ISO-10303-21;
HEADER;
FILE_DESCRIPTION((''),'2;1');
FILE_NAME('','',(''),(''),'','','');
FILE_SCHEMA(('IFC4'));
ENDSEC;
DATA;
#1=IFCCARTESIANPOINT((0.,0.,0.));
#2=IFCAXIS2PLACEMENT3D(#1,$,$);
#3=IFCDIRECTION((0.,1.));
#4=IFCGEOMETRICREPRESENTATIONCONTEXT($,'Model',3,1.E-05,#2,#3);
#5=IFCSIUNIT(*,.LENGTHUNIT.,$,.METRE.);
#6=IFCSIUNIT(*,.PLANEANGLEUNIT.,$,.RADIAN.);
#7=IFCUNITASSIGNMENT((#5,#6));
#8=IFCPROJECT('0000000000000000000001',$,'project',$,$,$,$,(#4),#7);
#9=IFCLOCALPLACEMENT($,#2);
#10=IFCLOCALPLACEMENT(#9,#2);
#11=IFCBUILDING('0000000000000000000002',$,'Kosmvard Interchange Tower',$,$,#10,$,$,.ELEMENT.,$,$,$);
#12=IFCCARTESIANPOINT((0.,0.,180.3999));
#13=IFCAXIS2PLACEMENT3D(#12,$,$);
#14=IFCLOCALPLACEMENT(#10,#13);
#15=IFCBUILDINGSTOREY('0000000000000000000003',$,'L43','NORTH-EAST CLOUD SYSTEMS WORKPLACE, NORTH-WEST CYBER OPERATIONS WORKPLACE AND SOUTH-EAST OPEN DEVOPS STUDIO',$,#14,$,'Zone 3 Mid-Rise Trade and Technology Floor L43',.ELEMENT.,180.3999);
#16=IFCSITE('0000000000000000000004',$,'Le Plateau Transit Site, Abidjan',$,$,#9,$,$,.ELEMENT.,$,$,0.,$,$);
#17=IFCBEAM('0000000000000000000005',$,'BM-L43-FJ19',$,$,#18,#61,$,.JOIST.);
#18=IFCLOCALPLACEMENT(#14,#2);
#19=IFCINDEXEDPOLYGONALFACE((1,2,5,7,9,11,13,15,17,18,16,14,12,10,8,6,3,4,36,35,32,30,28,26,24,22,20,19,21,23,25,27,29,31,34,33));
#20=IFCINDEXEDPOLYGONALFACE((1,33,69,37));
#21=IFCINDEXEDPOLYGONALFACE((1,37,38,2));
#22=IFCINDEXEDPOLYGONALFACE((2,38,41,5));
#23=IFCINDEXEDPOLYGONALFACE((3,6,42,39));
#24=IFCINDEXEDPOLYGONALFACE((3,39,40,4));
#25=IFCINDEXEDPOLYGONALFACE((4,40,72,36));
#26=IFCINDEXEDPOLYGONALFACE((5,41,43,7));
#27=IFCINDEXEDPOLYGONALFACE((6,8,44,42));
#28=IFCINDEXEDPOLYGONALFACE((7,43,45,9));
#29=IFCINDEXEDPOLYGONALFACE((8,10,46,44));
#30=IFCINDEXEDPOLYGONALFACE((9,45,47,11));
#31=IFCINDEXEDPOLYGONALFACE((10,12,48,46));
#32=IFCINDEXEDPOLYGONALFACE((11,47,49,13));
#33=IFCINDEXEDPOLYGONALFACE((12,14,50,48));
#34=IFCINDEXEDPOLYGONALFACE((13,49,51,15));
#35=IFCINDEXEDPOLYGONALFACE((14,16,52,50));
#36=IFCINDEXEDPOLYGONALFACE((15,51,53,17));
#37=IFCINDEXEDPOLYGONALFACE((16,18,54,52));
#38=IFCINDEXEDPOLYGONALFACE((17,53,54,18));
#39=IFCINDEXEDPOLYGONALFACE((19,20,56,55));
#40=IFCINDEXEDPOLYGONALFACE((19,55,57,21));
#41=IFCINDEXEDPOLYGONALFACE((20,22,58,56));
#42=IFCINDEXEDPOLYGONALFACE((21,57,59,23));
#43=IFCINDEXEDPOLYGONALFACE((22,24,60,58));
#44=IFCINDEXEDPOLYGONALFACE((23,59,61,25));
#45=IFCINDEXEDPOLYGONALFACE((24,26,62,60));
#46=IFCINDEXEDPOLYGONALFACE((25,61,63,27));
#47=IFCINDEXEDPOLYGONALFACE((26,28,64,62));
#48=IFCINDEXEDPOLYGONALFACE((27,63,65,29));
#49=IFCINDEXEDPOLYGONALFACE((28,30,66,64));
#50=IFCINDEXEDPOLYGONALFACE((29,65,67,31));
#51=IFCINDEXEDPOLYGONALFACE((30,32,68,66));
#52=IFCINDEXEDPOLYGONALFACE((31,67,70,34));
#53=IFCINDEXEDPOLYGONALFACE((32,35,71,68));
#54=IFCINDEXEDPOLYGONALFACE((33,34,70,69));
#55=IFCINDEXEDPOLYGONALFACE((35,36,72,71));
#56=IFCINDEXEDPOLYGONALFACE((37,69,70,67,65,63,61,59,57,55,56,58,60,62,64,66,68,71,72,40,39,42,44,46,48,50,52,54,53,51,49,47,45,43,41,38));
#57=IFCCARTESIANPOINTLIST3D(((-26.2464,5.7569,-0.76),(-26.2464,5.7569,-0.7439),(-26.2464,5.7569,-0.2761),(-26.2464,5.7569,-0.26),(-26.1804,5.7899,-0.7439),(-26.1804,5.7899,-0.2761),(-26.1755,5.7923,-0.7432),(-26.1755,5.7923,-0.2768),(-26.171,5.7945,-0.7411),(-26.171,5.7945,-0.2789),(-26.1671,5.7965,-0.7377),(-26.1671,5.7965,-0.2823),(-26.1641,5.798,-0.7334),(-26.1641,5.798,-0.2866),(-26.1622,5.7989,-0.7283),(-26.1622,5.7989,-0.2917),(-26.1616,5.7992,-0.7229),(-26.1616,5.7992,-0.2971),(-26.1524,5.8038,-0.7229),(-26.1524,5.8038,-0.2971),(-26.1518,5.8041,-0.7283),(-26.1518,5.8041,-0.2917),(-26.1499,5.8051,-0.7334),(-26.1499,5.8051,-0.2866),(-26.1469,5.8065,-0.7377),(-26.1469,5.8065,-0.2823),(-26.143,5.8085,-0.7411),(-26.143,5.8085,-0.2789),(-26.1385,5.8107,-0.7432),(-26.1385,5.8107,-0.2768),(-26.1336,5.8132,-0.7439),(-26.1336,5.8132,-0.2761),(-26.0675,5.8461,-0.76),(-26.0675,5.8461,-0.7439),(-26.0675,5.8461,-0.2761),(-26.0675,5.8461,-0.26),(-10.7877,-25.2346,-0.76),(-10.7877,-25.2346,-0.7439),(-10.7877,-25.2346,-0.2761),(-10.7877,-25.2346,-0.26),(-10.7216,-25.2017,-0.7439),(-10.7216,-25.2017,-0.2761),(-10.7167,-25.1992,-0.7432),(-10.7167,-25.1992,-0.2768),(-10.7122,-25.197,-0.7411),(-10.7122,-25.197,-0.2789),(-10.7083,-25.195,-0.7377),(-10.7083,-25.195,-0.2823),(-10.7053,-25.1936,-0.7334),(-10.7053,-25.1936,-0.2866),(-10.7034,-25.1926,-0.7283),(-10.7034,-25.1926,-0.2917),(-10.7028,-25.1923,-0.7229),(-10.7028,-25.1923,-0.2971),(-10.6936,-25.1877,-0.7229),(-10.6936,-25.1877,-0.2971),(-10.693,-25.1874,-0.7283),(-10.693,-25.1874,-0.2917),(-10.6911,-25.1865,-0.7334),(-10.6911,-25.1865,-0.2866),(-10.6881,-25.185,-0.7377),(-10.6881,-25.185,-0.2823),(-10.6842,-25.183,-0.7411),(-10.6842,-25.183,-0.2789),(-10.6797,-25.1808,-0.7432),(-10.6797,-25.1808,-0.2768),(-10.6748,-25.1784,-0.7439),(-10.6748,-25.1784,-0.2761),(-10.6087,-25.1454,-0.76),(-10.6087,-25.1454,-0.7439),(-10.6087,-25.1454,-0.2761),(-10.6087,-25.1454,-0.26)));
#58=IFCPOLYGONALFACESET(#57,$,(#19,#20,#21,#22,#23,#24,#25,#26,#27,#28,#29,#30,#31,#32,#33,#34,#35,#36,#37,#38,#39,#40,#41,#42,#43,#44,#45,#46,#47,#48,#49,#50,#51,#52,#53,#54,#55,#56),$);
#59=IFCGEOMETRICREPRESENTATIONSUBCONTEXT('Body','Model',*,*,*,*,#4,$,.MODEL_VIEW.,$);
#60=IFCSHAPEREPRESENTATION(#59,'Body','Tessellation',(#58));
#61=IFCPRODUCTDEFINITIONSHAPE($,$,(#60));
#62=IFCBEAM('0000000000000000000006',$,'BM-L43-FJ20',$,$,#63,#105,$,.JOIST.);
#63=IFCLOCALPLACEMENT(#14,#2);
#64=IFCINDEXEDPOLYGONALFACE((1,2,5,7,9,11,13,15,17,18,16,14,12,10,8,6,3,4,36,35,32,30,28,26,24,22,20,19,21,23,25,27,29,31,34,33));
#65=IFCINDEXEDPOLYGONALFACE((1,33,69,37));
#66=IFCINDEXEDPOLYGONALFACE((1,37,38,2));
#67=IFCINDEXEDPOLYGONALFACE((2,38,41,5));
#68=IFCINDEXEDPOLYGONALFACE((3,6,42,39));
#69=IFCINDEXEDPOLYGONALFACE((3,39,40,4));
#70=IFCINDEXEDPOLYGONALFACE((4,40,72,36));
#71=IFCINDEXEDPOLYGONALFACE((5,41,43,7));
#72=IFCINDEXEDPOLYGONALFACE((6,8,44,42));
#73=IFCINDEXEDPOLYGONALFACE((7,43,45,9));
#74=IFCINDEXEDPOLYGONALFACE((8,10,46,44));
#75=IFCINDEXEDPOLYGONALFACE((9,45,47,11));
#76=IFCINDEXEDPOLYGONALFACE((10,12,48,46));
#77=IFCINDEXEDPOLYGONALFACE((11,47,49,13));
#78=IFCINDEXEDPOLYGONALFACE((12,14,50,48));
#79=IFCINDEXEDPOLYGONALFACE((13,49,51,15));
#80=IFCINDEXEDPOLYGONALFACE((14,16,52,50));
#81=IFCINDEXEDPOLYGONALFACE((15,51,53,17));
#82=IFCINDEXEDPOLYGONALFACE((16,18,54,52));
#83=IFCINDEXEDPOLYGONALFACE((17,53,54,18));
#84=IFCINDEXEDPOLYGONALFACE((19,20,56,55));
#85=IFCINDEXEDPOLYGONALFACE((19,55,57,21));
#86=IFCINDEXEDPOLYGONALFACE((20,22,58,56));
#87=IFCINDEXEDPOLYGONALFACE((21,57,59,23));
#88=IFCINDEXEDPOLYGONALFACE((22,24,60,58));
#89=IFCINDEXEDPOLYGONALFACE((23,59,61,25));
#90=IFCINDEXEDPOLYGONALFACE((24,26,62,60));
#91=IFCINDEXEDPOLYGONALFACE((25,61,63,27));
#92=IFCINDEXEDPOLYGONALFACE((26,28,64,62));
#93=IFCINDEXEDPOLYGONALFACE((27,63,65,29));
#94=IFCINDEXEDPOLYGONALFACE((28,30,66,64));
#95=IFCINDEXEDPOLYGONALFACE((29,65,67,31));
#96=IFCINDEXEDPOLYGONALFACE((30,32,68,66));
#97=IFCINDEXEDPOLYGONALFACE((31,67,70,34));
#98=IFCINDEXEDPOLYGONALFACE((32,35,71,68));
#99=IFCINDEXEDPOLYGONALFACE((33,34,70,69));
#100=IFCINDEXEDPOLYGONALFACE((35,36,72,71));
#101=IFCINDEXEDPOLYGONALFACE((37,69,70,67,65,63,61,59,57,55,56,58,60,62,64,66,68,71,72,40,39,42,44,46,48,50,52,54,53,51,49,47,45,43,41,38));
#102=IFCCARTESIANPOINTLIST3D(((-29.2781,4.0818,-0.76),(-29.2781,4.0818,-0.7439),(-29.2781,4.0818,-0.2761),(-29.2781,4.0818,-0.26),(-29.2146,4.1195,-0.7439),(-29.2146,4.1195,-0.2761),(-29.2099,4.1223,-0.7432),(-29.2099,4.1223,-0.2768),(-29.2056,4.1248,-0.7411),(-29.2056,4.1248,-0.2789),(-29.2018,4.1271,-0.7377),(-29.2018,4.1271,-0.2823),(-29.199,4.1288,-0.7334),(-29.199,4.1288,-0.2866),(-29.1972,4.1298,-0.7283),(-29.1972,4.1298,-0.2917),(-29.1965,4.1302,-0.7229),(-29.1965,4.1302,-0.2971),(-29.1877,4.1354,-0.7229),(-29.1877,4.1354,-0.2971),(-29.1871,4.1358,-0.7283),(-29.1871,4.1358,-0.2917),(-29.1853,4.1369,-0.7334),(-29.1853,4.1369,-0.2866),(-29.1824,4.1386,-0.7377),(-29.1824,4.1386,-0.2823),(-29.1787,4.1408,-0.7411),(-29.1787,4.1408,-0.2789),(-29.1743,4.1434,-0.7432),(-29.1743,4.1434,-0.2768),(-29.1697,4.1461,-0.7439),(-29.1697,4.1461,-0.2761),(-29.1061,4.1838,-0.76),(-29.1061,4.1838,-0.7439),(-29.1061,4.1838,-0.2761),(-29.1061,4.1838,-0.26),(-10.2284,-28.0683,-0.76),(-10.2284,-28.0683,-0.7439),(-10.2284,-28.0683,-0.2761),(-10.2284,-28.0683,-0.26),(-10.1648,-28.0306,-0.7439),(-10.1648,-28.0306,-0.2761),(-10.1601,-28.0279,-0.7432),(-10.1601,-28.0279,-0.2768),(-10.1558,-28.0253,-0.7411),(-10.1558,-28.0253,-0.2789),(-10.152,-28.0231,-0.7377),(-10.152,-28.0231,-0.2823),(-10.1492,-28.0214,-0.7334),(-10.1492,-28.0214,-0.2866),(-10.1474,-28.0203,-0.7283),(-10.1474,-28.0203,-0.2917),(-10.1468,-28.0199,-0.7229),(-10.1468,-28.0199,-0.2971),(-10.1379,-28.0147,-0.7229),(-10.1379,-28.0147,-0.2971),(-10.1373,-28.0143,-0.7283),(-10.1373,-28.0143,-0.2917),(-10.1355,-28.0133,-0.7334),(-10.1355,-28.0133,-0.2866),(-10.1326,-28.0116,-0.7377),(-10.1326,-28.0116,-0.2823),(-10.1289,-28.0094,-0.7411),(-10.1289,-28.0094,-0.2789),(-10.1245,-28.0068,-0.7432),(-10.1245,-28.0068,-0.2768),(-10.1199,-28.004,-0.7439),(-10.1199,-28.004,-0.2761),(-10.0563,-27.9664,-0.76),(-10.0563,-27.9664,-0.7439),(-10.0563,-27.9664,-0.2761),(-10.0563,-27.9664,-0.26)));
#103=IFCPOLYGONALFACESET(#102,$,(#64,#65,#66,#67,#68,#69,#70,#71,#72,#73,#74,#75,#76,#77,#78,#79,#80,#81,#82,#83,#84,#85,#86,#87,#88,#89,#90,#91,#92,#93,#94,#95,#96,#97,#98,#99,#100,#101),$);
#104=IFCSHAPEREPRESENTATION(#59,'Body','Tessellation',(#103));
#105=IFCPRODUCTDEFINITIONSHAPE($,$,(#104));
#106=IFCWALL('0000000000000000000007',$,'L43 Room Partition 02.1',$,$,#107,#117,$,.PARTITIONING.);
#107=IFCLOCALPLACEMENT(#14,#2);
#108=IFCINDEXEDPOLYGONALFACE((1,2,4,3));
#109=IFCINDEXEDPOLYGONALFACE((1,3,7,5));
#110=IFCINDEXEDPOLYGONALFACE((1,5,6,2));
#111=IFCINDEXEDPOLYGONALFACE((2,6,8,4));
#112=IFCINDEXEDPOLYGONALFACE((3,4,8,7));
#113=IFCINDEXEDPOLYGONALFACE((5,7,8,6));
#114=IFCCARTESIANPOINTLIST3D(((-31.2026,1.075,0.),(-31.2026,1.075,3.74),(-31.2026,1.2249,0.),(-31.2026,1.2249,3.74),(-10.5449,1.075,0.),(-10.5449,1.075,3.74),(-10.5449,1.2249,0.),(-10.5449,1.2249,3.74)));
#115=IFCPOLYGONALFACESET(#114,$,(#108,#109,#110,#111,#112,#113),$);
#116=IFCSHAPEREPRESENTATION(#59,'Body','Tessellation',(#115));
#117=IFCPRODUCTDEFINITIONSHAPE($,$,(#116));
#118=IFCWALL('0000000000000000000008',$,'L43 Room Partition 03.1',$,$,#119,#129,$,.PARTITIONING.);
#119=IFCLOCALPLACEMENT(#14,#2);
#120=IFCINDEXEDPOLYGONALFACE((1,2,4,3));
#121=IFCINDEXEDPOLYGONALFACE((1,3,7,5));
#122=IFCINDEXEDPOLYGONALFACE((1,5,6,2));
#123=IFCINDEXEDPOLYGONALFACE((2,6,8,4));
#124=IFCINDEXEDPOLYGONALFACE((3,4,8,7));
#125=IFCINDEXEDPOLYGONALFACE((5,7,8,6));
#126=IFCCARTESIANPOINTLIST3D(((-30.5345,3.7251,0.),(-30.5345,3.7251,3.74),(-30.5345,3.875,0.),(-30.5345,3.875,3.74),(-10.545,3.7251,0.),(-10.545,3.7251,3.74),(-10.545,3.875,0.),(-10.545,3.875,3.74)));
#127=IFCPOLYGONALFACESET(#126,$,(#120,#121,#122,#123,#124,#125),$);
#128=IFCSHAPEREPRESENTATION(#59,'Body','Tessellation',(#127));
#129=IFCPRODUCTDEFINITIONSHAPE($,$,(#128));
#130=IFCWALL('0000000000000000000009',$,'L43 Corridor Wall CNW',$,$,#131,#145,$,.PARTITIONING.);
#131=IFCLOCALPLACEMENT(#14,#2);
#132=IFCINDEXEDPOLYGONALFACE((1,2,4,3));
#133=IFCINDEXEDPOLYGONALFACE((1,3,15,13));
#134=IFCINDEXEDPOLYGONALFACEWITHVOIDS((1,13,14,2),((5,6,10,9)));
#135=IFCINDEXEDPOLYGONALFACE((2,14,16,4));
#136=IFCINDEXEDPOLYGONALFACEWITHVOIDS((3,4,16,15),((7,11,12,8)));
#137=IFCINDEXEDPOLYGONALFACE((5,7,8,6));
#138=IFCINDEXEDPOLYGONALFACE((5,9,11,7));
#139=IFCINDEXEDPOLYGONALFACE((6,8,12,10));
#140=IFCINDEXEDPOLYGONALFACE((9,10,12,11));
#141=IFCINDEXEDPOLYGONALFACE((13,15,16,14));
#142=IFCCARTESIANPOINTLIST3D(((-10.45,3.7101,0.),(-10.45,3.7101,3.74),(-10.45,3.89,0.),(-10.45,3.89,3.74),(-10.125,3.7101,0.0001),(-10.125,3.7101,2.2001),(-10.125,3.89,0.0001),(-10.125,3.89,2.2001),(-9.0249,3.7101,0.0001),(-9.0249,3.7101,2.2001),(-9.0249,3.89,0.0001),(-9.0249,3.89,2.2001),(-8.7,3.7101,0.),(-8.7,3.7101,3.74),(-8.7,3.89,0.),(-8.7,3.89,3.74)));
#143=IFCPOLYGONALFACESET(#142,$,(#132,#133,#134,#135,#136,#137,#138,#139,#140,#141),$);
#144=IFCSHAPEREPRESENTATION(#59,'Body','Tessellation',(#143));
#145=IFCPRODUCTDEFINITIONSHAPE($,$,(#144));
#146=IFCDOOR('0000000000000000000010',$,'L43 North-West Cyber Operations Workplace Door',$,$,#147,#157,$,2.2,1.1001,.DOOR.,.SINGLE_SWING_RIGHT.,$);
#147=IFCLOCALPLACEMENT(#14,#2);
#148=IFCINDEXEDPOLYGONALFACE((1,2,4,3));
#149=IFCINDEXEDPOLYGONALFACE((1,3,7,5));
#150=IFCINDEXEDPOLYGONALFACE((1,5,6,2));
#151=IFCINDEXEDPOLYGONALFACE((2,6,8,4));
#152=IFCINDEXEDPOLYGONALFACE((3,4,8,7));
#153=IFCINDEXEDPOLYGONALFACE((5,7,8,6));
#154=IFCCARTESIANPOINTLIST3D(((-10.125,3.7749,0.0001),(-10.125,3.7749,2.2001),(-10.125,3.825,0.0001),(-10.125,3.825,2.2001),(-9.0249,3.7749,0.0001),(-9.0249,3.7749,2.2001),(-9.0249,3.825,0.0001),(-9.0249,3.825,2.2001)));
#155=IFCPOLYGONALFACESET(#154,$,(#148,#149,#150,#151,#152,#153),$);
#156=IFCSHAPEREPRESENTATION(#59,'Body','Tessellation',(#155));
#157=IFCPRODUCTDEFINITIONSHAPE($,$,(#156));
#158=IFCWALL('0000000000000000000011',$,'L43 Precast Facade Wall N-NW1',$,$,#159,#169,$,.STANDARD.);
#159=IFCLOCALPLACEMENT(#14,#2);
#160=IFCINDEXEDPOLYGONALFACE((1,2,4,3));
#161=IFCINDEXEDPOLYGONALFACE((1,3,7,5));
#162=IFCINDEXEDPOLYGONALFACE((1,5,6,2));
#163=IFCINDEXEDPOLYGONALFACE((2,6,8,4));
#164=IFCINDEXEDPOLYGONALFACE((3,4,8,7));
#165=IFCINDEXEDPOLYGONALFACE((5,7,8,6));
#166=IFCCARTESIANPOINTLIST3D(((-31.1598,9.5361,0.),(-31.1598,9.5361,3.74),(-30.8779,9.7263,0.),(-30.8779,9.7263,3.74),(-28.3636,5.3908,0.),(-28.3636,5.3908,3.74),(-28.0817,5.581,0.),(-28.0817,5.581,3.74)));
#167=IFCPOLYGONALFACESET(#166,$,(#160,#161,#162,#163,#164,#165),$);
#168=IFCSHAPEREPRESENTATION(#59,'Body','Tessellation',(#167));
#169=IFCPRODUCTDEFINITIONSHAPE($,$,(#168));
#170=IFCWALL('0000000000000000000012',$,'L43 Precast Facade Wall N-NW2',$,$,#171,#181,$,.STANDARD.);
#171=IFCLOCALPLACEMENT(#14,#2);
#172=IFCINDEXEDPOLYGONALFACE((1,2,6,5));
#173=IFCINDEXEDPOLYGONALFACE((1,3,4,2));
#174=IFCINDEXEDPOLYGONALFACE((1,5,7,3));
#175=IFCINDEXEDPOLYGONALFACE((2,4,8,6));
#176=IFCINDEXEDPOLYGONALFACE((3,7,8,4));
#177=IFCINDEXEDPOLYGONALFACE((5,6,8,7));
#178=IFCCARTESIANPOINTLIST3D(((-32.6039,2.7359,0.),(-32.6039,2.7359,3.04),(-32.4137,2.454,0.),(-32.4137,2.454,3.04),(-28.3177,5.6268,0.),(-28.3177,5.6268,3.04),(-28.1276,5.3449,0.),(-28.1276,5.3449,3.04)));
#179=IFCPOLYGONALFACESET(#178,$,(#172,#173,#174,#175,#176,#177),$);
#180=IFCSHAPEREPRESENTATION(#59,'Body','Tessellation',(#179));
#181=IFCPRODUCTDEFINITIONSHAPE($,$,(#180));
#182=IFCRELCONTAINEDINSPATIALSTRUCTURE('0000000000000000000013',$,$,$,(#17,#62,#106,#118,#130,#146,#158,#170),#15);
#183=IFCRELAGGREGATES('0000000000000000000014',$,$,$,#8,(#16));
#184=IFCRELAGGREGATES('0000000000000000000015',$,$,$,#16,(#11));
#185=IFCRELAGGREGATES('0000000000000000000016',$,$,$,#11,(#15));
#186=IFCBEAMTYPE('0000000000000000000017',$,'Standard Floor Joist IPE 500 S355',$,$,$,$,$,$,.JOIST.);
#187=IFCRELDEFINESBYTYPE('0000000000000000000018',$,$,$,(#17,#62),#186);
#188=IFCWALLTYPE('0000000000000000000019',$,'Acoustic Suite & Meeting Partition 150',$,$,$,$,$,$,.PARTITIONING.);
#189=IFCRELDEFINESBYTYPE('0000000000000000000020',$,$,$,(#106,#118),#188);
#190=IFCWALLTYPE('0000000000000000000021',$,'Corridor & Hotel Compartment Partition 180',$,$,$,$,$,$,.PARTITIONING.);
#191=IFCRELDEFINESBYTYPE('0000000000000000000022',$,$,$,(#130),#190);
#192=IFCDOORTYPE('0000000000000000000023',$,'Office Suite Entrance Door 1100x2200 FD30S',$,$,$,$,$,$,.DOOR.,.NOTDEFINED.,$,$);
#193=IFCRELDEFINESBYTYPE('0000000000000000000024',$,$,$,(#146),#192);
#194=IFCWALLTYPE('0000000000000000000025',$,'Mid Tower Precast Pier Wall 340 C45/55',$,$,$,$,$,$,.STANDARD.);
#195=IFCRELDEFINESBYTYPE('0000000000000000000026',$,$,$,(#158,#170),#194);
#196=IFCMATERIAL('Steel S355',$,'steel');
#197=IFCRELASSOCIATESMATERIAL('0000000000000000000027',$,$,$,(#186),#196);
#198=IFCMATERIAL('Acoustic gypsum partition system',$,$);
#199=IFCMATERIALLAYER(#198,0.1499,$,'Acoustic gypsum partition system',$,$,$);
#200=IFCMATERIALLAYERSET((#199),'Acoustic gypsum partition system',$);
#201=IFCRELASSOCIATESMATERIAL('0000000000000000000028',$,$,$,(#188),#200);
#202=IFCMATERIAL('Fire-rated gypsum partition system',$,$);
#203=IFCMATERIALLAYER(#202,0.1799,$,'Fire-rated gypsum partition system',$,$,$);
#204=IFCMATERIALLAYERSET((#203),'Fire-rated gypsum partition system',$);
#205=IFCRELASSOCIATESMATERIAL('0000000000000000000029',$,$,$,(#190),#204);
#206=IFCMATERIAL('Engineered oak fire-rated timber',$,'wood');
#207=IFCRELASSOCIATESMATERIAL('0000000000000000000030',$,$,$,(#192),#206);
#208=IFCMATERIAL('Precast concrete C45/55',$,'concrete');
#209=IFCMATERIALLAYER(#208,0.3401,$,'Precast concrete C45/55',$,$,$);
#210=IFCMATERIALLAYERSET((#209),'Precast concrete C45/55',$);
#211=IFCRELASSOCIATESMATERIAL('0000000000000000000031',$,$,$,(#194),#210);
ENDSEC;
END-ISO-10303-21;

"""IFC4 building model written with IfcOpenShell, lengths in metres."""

from ifc_helpers import new_model, si_unit, direction, frame, frame_2d, origin, origin_2d, place, context, subcontext, project, spatial, rectangle, i_section, extrude, source, transform, mapped, material, layer, layer_set, material_profile, profile_set, type_object, element, fill, save


model = new_model("IFC4")

# Units and contexts
model_context = context("Model", 3, precision=1e-05, world=origin(), true_north=direction((0.0, 1.0)))
body_context = subcontext(model_context, "Body", "Model", "MODEL_VIEW")
ifc_project = project(units=[si_unit("LENGTHUNIT", "METRE"), si_unit("PLANEANGLEUNIT", "RADIAN")], contexts=[model_context])

# Site, building, storey
site_placement = place(None, origin())
site = spatial("IfcSite", under=ifc_project, at=site_placement, Name="Le Plateau Transit Site, Abidjan", CompositionType="ELEMENT", RefElevation=0.0)
building_placement = place(site_placement, origin())
building = spatial("IfcBuilding", under=site, at=building_placement, Name="Kosmvard Interchange Tower", CompositionType="ELEMENT")
storey_placement = place(building_placement, frame((0.0, 0.0, 180.3999)))
storey = spatial("IfcBuildingStorey", under=building, at=storey_placement, Name="L43", Description="NORTH-EAST CLOUD SYSTEMS WORKPLACE, NORTH-WEST CYBER OPERATIONS WORKPLACE AND SOUTH-EAST OPEN DEVOPS STUDIO", LongName="Zone 3 Mid-Rise Trade and Technology Floor L43", CompositionType="ELEMENT", Elevation=180.3999)

# Beams
ifc_material_1 = material(Name="Steel S355", Category="steel")
ifc_material_2 = material(Name="Precast concrete C45/55", Category="concrete")
ifc_material_profile_1 = material_profile(ifc_material_1, i_section(OverallWidth=0.2, OverallDepth=0.5, WebThickness=0.0103, FlangeThickness=0.0161, FilletRadius=0.021, at=origin_2d()), Name="IPE 500")
ifc_profile_set_1 = profile_set([ifc_material_profile_1], Name="Steel S355")
beam_type_1 = type_object("IfcBeamType", Name="Standard Floor Joist IPE 500 S355", PredefinedType="JOIST", material=ifc_profile_set_1)
shared_shape_1 = source(origin(), body_context, "Body", "SweptSolid", [
    extrude(i_section(OverallWidth=0.2, OverallDepth=0.5, WebThickness=0.0103, FlangeThickness=0.0161, FilletRadius=0.021, at=origin_2d()), origin(), (0.0, 0.0, 1.0), 34.6331),
])
beam_1_placement = place(storey_placement, frame((-26.157, 5.8015, -0.51), z_axis=(0.446359, -0.894854, 0.0), x_axis=(0.894854, 0.446359, 0.0)))
element("IfcBeam", 1, at=beam_1_placement, inside=storey, type_object=beam_type_1, Name="BM-L43-FJ19", PredefinedType="JOIST", context=body_context, shape_type="MappedRepresentation", body=[
    mapped(shared_shape_1, transform((0.0, 0.0, 0.0), scale=1.0)),
])
shared_shape_2 = source(origin(), body_context, "Body", "SweptSolid", [
    extrude(i_section(OverallWidth=0.2, OverallDepth=0.5, WebThickness=0.0103, FlangeThickness=0.0161, FilletRadius=0.021, at=origin_2d()), origin(), (0.0, 0.0, 1.0), 37.3701),
])
beam_2_placement = place(storey_placement, frame((-29.1921, 4.1328, -0.51), z_axis=(0.50976, -0.860317, 0.0), x_axis=(0.860317, 0.50976, 0.0)))
element("IfcBeam", 2, at=beam_2_placement, inside=storey, type_object=beam_type_1, Name="BM-L43-FJ20", PredefinedType="JOIST", context=body_context, shape_type="MappedRepresentation", body=[
    mapped(shared_shape_2, transform((0.0, 0.0, 0.0), scale=1.0)),
])

# Walls
ifc_material_3 = material(Name="Acoustic gypsum partition system")
ifc_layer_1 = layer(ifc_material_3, 0.1499, Name="Acoustic gypsum partition system")
ifc_layer_set_1 = layer_set([ifc_layer_1], Name="Acoustic gypsum partition system")
wall_type_1 = type_object("IfcWallType", Name="Acoustic Suite & Meeting Partition 150", PredefinedType="PARTITIONING", material=ifc_layer_set_1)
wall_1_placement = place(storey_placement, frame((-31.2026, 1.1499, 0.0), z_axis=(0.0, 0.0, 1.0), x_axis=(1.0, 0.0, 0.0)))
element("IfcWall", 3, at=wall_1_placement, inside=storey, type_object=wall_type_1, Name="L43 Room Partition 02.1", PredefinedType="PARTITIONING", context=body_context, shape_type="SweptSolid", body=[
    extrude(rectangle(XDim=20.6577, YDim=0.1499, at=frame_2d((10.3289, 0.0))), origin(), (0.0, 0.0, 1.0), 3.74),
])
wall_2_placement = place(storey_placement, frame((-30.5344, 3.8, 0.0), z_axis=(0.0, 0.0, 1.0), x_axis=(1.0, 0.0, 0.0)))
element("IfcWall", 4, at=wall_2_placement, inside=storey, type_object=wall_type_1, Name="L43 Room Partition 03.1", PredefinedType="PARTITIONING", context=body_context, shape_type="SweptSolid", body=[
    extrude(rectangle(XDim=19.9895, YDim=0.1499, at=frame_2d((9.9946, 0.0))), origin(), (0.0, 0.0, 1.0), 3.74),
])

# Wall, opening, door
ifc_material_4 = material(Name="Fire-rated gypsum partition system")
ifc_layer_2 = layer(ifc_material_4, 0.1799, Name="Fire-rated gypsum partition system")
ifc_layer_set_2 = layer_set([ifc_layer_2], Name="Fire-rated gypsum partition system")
wall_type_2 = type_object("IfcWallType", Name="Corridor & Hotel Compartment Partition 180", PredefinedType="PARTITIONING", material=ifc_layer_set_2)
wall_3_placement = place(storey_placement, frame((-10.45, 3.8, 0.0), z_axis=(0.0, 0.0, 1.0), x_axis=(1.0, 0.0, 0.0)))
wall_3 = element("IfcWall", 5, at=wall_3_placement, inside=storey, type_object=wall_type_2, Name="L43 Corridor Wall CNW", PredefinedType="PARTITIONING", context=body_context, shape_type="SweptSolid", body=[
    extrude(rectangle(XDim=1.75, YDim=0.1799, at=frame_2d((0.875, 0.0))), origin(), (0.0, 0.0, 1.0), 3.74),
])
opening_1_placement = place(wall_3_placement, frame((0.325, 0.0, 0.0)))
opening_1 = element("IfcOpeningElement", 6, at=opening_1_placement, cuts=wall_3, PredefinedType="OPENING", context=body_context, shape_type="SweptSolid", body=[
    extrude(rectangle(XDim=1.1001, YDim=2.2, at=frame_2d((0.55, 1.1001))), frame((0.0, 0.1001, 0.0), z_axis=(0.0, -1.0, 0.0), x_axis=(1.0, 0.0, 0.0)), (0.0, 0.0, 1.0), 0.2),
])
ifc_material_5 = material(Name="Engineered oak fire-rated timber", Category="wood")
door_type_1 = type_object("IfcDoorType", Name="Office Suite Entrance Door 1100x2200 FD30S", OperationType="NOTDEFINED", PredefinedType="DOOR", material=ifc_material_5)
shared_shape_3 = source(origin(), body_context, "Body", "SweptSolid", [
    extrude(rectangle(XDim=1.1001, YDim=2.2, at=frame_2d((0.55, 1.1001))), frame((0.0, 0.0249, 0.0), z_axis=(0.0, -1.0, 0.0), x_axis=(1.0, 0.0, 0.0)), (0.0, 0.0, 1.0), 0.05),
])
door_1_placement = place(opening_1_placement, origin())
door_1 = element("IfcDoor", 7, at=door_1_placement, inside=storey, type_object=door_type_1, Name="L43 North-West Cyber Operations Workplace Door", OperationType="SINGLE_SWING_RIGHT", OverallHeight=2.2, OverallWidth=1.1001, PredefinedType="DOOR", context=body_context, shape_type="MappedRepresentation", body=[
    mapped(shared_shape_3, transform((0.0, 0.0, 0.0), scale=1.0)),
])
fill(opening_1, door_1)

# Walls
ifc_layer_3 = layer(ifc_material_2, 0.3401, Name="Precast concrete C45/55")
ifc_layer_set_3 = layer_set([ifc_layer_3], Name="Precast concrete C45/55")
wall_type_3 = type_object("IfcWallType", Name="Mid Tower Precast Pier Wall 340 C45/55", PredefinedType="STANDARD", material=ifc_layer_set_3)
wall_4_placement = place(storey_placement, frame((-31.0188, 9.6311, 0.0), z_axis=(0.0, 0.0, 1.0), x_axis=(0.55921, -0.829026, 0.0)))
element("IfcWall", 8, at=wall_4_placement, inside=storey, type_object=wall_type_3, Name="L43 Precast Facade Wall N-NW1", PredefinedType="STANDARD", context=body_context, shape_type="SweptSolid", body=[
    extrude(rectangle(XDim=5.0002, YDim=0.3401, at=frame_2d((2.5, 0.0))), origin(), (0.0, 0.0, 1.0), 3.74),
])
wall_5_placement = place(storey_placement, frame((-28.2227, 5.4858, 0.0), z_axis=(0.0, 0.0, 1.0), x_axis=(-0.829052, -0.559171, 0.0)))
element("IfcWall", 9, at=wall_5_placement, inside=storey, type_object=wall_type_3, Name="L43 Precast Facade Wall N-NW2", PredefinedType="STANDARD", context=body_context, shape_type="SweptSolid", body=[
    extrude(rectangle(XDim=5.1699, YDim=0.3401, at=frame_2d((2.585, 0.0))), origin(), (0.0, 0.0, 1.0), 3.04),
])

save(model, "model.ifc")
